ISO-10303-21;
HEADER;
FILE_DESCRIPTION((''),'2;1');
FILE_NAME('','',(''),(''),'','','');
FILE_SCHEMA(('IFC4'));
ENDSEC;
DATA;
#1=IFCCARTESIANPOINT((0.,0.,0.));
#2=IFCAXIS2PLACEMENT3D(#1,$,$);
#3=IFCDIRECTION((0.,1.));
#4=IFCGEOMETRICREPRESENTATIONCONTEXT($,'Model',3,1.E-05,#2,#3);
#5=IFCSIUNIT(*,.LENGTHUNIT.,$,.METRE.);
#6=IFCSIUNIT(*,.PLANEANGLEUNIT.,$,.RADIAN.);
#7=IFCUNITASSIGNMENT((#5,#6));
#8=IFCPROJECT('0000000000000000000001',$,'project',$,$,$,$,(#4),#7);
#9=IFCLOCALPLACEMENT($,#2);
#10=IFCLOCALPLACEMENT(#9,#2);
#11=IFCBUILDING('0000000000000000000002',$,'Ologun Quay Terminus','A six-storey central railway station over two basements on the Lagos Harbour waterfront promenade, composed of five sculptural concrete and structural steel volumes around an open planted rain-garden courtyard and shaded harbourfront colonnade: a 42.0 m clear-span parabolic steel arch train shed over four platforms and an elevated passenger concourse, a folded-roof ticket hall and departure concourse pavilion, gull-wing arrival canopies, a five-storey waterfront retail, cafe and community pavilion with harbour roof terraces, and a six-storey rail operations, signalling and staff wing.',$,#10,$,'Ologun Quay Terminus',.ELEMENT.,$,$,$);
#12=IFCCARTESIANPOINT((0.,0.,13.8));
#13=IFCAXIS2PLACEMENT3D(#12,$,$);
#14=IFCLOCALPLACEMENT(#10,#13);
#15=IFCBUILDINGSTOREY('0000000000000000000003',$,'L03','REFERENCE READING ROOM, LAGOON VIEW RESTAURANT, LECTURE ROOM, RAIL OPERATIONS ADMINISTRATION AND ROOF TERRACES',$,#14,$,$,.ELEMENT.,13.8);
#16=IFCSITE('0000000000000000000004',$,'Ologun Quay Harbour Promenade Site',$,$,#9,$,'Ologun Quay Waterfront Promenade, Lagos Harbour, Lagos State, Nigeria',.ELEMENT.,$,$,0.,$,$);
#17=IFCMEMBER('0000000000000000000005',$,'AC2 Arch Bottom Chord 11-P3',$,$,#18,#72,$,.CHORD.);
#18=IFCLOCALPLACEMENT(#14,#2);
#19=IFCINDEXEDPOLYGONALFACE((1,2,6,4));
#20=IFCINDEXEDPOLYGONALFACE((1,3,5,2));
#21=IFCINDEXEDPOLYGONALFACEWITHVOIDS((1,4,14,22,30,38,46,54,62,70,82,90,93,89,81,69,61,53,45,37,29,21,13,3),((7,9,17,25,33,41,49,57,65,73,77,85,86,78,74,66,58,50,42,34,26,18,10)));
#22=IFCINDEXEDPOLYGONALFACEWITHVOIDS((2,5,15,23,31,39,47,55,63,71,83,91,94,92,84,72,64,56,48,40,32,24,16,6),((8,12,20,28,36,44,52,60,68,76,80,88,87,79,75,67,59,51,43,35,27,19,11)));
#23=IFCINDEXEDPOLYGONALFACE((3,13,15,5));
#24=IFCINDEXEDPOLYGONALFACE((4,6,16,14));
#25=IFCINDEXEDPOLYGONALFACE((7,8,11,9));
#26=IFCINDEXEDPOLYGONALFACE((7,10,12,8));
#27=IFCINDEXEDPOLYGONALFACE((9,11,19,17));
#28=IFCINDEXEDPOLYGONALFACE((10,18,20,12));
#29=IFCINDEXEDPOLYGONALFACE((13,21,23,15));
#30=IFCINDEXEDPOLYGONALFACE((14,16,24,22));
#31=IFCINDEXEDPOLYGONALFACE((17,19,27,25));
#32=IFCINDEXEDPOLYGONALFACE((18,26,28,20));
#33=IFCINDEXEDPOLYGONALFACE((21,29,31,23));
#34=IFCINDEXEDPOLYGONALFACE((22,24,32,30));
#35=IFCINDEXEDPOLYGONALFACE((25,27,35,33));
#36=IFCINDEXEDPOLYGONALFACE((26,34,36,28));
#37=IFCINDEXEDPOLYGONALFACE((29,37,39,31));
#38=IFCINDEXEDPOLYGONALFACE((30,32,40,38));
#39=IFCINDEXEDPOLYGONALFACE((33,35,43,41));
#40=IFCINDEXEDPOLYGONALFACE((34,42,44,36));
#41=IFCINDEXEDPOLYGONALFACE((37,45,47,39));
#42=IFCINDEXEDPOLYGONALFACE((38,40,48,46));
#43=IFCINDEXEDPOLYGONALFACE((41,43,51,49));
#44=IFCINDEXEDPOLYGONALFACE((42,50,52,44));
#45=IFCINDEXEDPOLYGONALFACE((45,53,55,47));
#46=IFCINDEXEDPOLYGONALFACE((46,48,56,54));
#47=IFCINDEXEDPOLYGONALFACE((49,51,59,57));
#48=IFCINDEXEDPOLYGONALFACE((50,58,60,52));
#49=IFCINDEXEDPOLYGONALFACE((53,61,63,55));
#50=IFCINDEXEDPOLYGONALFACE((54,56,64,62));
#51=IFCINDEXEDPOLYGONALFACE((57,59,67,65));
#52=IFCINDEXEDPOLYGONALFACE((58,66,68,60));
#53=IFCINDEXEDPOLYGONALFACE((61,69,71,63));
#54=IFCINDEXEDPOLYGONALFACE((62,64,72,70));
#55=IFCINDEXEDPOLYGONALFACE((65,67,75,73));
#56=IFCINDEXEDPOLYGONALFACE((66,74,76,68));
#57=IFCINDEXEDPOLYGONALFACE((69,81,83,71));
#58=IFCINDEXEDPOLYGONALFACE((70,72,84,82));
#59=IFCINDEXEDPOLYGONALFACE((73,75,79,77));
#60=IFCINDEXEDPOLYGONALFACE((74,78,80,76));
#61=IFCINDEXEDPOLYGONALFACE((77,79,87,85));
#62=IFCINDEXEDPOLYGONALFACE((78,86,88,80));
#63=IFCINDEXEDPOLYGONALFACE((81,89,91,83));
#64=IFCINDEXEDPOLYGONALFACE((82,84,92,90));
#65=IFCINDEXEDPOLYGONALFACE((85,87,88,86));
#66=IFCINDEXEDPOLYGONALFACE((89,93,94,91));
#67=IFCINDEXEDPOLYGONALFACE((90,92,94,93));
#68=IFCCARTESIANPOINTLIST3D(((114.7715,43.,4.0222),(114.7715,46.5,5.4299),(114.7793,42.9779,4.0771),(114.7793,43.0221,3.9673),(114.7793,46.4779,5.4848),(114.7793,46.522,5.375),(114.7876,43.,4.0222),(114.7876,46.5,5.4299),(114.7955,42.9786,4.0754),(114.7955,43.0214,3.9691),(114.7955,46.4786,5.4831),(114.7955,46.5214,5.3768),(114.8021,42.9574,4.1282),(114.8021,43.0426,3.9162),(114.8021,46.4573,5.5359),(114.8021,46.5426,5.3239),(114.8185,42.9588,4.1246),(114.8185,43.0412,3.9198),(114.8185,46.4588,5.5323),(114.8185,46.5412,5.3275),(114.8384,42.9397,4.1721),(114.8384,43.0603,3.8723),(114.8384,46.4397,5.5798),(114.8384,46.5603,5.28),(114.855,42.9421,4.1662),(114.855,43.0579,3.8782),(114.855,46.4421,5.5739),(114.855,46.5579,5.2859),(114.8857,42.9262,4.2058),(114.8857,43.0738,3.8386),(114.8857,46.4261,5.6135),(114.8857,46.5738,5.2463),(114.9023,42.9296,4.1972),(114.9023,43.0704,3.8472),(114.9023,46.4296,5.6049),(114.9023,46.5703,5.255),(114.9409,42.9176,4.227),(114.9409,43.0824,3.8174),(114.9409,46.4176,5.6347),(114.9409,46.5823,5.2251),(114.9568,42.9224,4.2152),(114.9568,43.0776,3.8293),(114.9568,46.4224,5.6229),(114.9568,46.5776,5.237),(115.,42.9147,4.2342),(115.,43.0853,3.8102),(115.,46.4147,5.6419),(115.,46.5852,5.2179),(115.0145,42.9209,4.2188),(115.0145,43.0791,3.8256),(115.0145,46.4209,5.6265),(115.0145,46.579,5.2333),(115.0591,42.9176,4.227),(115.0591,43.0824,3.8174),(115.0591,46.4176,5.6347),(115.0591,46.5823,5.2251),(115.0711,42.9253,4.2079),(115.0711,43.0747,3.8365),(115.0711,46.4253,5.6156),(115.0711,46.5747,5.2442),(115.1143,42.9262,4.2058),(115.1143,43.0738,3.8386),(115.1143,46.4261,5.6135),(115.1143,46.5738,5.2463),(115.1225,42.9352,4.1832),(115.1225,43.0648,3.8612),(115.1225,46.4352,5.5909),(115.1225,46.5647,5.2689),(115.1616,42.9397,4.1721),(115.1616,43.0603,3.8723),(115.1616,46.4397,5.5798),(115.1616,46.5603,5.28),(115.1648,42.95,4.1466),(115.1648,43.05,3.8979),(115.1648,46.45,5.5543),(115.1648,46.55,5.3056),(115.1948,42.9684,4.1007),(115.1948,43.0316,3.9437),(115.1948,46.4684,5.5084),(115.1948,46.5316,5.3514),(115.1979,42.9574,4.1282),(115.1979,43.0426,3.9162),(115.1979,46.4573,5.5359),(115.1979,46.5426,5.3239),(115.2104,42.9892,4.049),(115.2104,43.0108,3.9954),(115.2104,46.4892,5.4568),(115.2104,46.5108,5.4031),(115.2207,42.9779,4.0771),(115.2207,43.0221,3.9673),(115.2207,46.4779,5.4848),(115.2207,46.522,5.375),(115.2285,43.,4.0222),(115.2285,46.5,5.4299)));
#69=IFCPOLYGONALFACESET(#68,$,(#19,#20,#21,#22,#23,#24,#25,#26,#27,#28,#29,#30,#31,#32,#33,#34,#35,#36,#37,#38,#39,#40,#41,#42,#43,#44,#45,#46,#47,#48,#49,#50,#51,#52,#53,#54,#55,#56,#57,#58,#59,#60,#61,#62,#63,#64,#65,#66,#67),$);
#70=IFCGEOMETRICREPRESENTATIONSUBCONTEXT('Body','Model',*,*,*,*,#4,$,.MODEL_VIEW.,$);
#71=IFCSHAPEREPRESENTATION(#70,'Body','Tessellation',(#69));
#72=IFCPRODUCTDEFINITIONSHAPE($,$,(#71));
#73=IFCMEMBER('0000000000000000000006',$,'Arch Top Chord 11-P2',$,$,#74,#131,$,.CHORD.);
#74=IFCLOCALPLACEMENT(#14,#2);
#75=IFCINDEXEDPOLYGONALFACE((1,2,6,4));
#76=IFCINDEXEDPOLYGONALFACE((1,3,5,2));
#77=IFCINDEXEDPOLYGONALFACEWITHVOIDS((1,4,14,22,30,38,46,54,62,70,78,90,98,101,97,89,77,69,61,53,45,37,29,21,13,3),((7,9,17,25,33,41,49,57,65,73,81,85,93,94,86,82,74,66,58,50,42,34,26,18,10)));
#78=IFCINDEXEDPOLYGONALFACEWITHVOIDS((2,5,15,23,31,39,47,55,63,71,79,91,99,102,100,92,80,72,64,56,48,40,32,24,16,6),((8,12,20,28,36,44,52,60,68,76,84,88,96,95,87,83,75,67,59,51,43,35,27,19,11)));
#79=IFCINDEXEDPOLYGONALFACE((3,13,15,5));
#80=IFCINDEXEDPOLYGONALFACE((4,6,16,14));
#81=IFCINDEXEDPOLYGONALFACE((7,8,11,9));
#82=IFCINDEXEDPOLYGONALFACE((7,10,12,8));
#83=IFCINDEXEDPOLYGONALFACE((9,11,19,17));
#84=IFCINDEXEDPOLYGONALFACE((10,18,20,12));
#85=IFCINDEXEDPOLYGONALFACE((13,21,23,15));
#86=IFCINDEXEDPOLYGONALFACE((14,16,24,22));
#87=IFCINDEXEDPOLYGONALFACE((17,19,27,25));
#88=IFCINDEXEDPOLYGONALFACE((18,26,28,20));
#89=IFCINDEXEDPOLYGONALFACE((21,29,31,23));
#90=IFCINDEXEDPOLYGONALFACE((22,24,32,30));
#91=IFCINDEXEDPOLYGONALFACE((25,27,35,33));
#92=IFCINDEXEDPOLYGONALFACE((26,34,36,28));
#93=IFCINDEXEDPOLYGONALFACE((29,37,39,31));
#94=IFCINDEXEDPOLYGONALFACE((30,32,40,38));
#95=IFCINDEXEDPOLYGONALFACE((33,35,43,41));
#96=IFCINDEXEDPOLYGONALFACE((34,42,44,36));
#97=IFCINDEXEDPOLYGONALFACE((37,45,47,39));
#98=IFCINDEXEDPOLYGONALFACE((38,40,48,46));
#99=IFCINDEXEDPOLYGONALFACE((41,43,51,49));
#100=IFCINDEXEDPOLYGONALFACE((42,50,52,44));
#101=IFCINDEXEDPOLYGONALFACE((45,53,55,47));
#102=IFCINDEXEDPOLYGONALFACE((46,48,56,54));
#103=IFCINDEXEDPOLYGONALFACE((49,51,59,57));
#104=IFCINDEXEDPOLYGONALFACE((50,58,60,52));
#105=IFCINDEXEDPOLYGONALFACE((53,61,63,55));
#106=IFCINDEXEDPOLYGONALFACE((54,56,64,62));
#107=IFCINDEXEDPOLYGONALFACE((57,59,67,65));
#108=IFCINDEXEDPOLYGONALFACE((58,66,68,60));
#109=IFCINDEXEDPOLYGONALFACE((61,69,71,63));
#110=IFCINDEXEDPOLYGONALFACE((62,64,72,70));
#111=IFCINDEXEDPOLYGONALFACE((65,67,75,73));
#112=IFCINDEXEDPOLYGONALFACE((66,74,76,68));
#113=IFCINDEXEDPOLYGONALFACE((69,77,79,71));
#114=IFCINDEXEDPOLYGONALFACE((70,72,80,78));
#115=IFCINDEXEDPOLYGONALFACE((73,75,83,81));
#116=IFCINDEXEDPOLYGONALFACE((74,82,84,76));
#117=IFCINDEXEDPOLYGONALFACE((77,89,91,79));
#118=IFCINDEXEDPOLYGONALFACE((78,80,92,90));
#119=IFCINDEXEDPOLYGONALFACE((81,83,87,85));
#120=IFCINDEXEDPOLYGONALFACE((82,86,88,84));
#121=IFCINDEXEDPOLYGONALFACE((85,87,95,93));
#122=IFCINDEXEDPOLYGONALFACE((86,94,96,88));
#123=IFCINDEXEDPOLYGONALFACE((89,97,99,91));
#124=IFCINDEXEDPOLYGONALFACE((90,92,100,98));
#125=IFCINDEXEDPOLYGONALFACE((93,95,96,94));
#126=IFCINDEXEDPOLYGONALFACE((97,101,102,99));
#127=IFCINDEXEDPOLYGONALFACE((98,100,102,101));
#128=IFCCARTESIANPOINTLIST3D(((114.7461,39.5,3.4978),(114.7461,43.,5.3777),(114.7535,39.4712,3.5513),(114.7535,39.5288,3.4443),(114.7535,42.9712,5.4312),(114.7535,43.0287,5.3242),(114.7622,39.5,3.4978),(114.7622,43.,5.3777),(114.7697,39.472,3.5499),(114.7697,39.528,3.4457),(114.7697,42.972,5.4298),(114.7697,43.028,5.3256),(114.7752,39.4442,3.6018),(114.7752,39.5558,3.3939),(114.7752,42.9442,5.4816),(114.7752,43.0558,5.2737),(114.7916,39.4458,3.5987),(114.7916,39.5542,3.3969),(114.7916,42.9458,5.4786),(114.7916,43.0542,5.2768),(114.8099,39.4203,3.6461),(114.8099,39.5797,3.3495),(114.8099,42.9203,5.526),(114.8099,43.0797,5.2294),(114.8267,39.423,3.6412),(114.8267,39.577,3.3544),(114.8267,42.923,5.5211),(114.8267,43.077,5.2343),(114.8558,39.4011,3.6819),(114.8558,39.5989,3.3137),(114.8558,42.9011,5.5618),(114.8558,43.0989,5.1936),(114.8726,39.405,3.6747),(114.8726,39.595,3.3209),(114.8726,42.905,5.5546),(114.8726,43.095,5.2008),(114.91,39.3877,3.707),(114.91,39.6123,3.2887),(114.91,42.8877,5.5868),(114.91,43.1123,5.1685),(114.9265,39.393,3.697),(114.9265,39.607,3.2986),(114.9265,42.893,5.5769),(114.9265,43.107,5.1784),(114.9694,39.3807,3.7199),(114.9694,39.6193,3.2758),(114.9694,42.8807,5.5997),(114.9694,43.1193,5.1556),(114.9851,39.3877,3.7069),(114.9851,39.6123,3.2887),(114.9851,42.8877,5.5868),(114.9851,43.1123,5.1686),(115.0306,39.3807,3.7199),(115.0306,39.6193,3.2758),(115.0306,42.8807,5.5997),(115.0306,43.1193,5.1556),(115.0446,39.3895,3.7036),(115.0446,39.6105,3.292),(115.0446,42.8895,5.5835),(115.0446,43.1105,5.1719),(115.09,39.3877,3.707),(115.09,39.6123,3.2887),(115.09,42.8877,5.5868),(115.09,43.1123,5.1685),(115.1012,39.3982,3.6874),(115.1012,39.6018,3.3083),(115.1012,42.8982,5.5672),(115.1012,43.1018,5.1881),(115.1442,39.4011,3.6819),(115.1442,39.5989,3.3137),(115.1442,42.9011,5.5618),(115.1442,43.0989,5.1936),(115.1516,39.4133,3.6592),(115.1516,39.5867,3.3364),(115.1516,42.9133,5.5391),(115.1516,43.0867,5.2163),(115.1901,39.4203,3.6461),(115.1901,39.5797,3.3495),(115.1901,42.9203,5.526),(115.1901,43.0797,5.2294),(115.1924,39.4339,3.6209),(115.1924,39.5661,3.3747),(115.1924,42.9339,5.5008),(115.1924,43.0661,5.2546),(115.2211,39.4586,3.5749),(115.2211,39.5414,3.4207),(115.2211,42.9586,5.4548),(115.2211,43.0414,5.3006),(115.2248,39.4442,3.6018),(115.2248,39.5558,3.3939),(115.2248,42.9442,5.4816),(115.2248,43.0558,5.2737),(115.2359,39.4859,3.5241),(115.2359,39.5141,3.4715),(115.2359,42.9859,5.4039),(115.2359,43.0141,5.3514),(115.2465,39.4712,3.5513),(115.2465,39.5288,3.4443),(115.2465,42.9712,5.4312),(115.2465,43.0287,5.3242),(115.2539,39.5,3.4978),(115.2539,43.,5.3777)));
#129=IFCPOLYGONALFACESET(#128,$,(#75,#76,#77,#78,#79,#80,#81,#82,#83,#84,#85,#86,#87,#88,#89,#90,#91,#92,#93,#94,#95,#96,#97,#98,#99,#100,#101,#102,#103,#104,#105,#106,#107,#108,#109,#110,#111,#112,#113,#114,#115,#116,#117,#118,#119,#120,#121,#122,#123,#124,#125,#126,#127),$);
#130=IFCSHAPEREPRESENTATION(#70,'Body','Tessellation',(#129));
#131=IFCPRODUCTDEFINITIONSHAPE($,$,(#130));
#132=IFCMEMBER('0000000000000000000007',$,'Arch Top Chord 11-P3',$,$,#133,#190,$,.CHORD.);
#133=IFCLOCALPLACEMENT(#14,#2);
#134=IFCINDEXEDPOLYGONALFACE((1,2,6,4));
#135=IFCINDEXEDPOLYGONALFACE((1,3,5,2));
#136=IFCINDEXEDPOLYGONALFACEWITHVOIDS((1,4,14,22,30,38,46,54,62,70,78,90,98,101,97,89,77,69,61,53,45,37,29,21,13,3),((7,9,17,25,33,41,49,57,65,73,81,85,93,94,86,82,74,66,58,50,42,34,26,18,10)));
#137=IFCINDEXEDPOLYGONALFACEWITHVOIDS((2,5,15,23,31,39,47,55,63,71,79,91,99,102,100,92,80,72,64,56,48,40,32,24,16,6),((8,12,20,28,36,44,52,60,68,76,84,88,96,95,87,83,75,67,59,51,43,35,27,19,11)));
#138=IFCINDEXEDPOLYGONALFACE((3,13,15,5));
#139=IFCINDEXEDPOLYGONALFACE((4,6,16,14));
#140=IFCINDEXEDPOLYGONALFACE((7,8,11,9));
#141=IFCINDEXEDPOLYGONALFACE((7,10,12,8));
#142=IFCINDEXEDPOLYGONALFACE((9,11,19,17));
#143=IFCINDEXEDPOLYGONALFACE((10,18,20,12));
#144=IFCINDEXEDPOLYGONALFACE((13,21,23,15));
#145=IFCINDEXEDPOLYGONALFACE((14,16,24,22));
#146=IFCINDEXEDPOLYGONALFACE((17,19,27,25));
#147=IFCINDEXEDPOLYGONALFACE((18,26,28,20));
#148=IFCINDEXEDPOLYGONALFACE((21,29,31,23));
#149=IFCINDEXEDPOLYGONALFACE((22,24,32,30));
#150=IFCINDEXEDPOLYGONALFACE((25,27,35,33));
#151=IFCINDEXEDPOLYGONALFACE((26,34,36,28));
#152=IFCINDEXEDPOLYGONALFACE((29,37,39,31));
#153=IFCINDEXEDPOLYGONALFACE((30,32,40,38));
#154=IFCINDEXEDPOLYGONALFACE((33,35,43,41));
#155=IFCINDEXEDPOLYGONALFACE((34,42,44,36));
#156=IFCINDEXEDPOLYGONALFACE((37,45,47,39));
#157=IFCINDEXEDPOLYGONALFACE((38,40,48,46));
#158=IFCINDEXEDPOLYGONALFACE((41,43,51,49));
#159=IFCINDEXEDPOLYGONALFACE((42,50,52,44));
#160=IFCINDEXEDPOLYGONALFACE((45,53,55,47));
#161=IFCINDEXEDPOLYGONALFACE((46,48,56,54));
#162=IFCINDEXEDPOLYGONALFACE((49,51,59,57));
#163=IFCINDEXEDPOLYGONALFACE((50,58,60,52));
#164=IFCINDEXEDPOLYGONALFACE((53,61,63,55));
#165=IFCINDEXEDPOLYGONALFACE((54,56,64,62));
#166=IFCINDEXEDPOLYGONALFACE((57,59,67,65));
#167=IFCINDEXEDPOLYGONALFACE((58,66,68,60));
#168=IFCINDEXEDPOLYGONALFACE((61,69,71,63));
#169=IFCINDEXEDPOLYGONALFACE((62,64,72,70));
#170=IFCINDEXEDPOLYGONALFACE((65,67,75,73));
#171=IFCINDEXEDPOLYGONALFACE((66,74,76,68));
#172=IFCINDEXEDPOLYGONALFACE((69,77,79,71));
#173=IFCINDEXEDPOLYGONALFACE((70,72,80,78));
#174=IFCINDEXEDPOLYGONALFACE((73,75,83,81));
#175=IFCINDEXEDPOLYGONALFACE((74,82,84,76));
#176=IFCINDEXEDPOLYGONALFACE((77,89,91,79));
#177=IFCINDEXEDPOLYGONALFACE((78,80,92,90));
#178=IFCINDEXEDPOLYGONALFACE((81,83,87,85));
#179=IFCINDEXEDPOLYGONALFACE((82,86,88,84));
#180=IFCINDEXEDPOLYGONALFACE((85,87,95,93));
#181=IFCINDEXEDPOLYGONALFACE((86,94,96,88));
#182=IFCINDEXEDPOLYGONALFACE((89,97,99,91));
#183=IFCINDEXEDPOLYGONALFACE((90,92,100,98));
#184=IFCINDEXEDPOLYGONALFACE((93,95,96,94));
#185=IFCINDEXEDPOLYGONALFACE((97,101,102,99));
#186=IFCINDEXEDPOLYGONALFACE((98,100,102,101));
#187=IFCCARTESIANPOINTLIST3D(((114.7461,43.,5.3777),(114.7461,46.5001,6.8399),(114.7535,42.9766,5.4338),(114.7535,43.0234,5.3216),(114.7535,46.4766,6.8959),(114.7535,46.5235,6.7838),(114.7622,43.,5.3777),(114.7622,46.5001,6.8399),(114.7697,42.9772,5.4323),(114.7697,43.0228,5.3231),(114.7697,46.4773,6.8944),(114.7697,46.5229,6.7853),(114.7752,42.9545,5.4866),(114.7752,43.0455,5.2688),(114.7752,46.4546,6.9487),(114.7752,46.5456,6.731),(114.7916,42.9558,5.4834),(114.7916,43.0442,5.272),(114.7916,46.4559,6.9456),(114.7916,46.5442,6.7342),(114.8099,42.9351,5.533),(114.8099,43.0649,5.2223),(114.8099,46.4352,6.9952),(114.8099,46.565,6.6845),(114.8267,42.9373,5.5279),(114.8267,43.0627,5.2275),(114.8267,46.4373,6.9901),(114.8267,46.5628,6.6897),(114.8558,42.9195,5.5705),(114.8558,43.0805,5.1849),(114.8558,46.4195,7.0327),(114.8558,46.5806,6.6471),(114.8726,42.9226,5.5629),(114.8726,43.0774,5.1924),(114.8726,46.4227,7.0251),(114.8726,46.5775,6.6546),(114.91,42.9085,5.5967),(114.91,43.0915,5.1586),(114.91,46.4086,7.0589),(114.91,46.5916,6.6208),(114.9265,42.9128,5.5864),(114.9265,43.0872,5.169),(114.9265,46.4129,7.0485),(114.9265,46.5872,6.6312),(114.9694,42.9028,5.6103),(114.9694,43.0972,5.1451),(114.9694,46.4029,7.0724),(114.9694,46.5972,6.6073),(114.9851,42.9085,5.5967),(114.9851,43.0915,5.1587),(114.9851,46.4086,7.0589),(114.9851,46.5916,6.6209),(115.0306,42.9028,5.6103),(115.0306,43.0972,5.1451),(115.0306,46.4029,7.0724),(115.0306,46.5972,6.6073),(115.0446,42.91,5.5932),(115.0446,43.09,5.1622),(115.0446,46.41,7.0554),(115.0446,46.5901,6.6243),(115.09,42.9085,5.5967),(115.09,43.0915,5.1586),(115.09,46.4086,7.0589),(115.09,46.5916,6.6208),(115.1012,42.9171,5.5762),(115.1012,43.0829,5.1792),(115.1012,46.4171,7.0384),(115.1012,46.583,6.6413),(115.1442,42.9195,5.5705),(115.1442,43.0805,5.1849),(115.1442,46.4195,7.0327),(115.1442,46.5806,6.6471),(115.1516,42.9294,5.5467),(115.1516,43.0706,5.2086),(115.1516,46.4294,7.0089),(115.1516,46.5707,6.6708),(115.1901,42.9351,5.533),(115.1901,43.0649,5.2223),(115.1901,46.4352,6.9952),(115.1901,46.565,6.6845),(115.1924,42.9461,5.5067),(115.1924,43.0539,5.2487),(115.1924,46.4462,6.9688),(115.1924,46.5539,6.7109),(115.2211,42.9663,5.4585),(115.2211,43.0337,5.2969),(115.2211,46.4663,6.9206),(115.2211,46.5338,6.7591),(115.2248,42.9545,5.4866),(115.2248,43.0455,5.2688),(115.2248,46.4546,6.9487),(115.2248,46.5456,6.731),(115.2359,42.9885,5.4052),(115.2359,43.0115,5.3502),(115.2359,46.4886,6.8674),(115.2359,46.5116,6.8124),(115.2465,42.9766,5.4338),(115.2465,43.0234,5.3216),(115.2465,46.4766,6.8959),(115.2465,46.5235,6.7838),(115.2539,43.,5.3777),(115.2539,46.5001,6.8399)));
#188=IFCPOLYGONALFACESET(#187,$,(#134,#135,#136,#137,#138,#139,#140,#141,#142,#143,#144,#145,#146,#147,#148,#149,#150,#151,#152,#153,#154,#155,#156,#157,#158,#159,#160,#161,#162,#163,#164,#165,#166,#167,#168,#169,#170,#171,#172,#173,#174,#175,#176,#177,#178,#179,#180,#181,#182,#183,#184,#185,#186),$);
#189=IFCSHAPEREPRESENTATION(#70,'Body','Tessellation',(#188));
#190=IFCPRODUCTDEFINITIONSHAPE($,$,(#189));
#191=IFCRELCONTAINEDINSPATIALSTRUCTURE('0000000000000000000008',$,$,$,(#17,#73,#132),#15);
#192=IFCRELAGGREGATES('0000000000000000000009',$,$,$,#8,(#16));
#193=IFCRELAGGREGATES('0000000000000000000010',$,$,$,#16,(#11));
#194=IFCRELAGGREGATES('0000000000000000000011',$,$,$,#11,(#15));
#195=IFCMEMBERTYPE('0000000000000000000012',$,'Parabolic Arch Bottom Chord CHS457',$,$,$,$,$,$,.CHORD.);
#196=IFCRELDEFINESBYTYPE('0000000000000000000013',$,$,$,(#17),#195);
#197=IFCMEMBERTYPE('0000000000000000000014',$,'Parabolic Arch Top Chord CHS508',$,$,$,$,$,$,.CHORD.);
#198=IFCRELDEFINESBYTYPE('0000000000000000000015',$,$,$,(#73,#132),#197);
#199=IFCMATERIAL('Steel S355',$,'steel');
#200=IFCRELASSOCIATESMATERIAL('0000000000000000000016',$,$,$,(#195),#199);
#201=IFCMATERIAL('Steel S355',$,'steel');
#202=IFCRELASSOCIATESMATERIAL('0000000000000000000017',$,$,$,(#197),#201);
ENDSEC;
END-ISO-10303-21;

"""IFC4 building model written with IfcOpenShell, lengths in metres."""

from ifc_helpers import new_model, si_unit, direction, frame, origin, origin_2d, place, context, subcontext, project, spatial, hollow_circle, extrude, material, material_profile, profile_set, type_object, element, save


model = new_model("IFC4")

# Units and contexts
model_context = context("Model", 3, precision=1e-05, world=origin(), true_north=direction((0.0, 1.0)))
body_context = subcontext(model_context, "Body", "Model", "MODEL_VIEW")
ifc_project = project(units=[si_unit("LENGTHUNIT", "METRE"), si_unit("PLANEANGLEUNIT", "RADIAN")], contexts=[model_context])

# Site, building, storey
site_placement = place(None, origin())
site = spatial("IfcSite", under=ifc_project, at=site_placement, Name="Ologun Quay Harbour Promenade Site", LongName="Ologun Quay Waterfront Promenade, Lagos Harbour, Lagos State, Nigeria", CompositionType="ELEMENT", RefElevation=0.0)
building_placement = place(site_placement, origin())
building = spatial("IfcBuilding", under=site, at=building_placement, Name="Ologun Quay Terminus", Description="A six-storey central railway station over two basements on the Lagos Harbour waterfront promenade, composed of five sculptural concrete and structural steel volumes around an open planted rain-garden courtyard and shaded harbourfront colonnade: a 42.0 m clear-span parabolic steel arch train shed over four platforms and an elevated passenger concourse, a folded-roof ticket hall and departure concourse pavilion, gull-wing arrival canopies, a five-storey waterfront retail, cafe and community pavilion with harbour roof terraces, and a six-storey rail operations, signalling and staff wing.", LongName="Ologun Quay Terminus", CompositionType="ELEMENT")
storey_placement = place(building_placement, frame((0.0, 0.0, 13.8)))
storey = spatial("IfcBuildingStorey", under=building, at=storey_placement, Name="L03", Description="REFERENCE READING ROOM, LAGOON VIEW RESTAURANT, LECTURE ROOM, RAIL OPERATIONS ADMINISTRATION AND ROOF TERRACES", CompositionType="ELEMENT", Elevation=13.8)

# Members
ifc_material_1 = material(Name="Steel S355", Category="steel")
ifc_material_profile_1 = material_profile(ifc_material_1, hollow_circle(Radius=0.2285, WallThickness=0.0161, at=origin_2d()), Name="CHS 457x16")
ifc_profile_set_1 = profile_set([ifc_material_profile_1], Name="Steel S355")
member_type_1 = type_object("IfcMemberType", Name="Parabolic Arch Bottom Chord CHS457", PredefinedType="CHORD", material=ifc_profile_set_1)
member_1_placement = place(storey_placement, frame((115.0, 43.0, 4.0222), z_axis=(0.0, 0.92777, 0.373153), x_axis=(-1.0, 0.0, 0.0)))
element("IfcMember", 1, at=member_1_placement, inside=storey, type_object=member_type_1, Name="AC2 Arch Bottom Chord 11-P3", PredefinedType="CHORD", context=body_context, shape_type="SweptSolid", body=[
    extrude(hollow_circle(Radius=0.2285, WallThickness=0.0161, at=origin_2d()), origin(), (0.0, 0.0, 1.0), 3.7725),
])
ifc_material_2 = material(Name="Steel S355", Category="steel")
ifc_material_profile_2 = material_profile(ifc_material_2, hollow_circle(Radius=0.2539, WallThickness=0.0161, at=origin_2d()), Name="CHS 508x16")
ifc_profile_set_2 = profile_set([ifc_material_profile_2], Name="Steel S355")
member_type_2 = type_object("IfcMemberType", Name="Parabolic Arch Top Chord CHS508", PredefinedType="CHORD", material=ifc_profile_set_2)
member_2_placement = place(storey_placement, frame((115.0, 39.5, 3.4978), z_axis=(0.0, 0.880968, 0.473176), x_axis=(-1.0, 0.0, 0.0)))
element("IfcMember", 2, at=member_2_placement, inside=storey, type_object=member_type_2, Name="Arch Top Chord 11-P2", PredefinedType="CHORD", context=body_context, shape_type="SweptSolid", body=[
    extrude(hollow_circle(Radius=0.2539, WallThickness=0.0161, at=origin_2d()), origin(), (0.0, 0.0, 1.0), 3.9729),
])
member_3_placement = place(storey_placement, frame((115.0, 43.0, 5.3777), z_axis=(0.0, 0.922719, 0.385474), x_axis=(-1.0, 0.0, 0.0)))
element("IfcMember", 3, at=member_3_placement, inside=storey, type_object=member_type_2, Name="Arch Top Chord 11-P3", PredefinedType="CHORD", context=body_context, shape_type="SweptSolid", body=[
    extrude(hollow_circle(Radius=0.2539, WallThickness=0.0161, at=origin_2d()), origin(), (0.0, 0.0, 1.0), 3.7932),
])

save(model, "model.ifc")
